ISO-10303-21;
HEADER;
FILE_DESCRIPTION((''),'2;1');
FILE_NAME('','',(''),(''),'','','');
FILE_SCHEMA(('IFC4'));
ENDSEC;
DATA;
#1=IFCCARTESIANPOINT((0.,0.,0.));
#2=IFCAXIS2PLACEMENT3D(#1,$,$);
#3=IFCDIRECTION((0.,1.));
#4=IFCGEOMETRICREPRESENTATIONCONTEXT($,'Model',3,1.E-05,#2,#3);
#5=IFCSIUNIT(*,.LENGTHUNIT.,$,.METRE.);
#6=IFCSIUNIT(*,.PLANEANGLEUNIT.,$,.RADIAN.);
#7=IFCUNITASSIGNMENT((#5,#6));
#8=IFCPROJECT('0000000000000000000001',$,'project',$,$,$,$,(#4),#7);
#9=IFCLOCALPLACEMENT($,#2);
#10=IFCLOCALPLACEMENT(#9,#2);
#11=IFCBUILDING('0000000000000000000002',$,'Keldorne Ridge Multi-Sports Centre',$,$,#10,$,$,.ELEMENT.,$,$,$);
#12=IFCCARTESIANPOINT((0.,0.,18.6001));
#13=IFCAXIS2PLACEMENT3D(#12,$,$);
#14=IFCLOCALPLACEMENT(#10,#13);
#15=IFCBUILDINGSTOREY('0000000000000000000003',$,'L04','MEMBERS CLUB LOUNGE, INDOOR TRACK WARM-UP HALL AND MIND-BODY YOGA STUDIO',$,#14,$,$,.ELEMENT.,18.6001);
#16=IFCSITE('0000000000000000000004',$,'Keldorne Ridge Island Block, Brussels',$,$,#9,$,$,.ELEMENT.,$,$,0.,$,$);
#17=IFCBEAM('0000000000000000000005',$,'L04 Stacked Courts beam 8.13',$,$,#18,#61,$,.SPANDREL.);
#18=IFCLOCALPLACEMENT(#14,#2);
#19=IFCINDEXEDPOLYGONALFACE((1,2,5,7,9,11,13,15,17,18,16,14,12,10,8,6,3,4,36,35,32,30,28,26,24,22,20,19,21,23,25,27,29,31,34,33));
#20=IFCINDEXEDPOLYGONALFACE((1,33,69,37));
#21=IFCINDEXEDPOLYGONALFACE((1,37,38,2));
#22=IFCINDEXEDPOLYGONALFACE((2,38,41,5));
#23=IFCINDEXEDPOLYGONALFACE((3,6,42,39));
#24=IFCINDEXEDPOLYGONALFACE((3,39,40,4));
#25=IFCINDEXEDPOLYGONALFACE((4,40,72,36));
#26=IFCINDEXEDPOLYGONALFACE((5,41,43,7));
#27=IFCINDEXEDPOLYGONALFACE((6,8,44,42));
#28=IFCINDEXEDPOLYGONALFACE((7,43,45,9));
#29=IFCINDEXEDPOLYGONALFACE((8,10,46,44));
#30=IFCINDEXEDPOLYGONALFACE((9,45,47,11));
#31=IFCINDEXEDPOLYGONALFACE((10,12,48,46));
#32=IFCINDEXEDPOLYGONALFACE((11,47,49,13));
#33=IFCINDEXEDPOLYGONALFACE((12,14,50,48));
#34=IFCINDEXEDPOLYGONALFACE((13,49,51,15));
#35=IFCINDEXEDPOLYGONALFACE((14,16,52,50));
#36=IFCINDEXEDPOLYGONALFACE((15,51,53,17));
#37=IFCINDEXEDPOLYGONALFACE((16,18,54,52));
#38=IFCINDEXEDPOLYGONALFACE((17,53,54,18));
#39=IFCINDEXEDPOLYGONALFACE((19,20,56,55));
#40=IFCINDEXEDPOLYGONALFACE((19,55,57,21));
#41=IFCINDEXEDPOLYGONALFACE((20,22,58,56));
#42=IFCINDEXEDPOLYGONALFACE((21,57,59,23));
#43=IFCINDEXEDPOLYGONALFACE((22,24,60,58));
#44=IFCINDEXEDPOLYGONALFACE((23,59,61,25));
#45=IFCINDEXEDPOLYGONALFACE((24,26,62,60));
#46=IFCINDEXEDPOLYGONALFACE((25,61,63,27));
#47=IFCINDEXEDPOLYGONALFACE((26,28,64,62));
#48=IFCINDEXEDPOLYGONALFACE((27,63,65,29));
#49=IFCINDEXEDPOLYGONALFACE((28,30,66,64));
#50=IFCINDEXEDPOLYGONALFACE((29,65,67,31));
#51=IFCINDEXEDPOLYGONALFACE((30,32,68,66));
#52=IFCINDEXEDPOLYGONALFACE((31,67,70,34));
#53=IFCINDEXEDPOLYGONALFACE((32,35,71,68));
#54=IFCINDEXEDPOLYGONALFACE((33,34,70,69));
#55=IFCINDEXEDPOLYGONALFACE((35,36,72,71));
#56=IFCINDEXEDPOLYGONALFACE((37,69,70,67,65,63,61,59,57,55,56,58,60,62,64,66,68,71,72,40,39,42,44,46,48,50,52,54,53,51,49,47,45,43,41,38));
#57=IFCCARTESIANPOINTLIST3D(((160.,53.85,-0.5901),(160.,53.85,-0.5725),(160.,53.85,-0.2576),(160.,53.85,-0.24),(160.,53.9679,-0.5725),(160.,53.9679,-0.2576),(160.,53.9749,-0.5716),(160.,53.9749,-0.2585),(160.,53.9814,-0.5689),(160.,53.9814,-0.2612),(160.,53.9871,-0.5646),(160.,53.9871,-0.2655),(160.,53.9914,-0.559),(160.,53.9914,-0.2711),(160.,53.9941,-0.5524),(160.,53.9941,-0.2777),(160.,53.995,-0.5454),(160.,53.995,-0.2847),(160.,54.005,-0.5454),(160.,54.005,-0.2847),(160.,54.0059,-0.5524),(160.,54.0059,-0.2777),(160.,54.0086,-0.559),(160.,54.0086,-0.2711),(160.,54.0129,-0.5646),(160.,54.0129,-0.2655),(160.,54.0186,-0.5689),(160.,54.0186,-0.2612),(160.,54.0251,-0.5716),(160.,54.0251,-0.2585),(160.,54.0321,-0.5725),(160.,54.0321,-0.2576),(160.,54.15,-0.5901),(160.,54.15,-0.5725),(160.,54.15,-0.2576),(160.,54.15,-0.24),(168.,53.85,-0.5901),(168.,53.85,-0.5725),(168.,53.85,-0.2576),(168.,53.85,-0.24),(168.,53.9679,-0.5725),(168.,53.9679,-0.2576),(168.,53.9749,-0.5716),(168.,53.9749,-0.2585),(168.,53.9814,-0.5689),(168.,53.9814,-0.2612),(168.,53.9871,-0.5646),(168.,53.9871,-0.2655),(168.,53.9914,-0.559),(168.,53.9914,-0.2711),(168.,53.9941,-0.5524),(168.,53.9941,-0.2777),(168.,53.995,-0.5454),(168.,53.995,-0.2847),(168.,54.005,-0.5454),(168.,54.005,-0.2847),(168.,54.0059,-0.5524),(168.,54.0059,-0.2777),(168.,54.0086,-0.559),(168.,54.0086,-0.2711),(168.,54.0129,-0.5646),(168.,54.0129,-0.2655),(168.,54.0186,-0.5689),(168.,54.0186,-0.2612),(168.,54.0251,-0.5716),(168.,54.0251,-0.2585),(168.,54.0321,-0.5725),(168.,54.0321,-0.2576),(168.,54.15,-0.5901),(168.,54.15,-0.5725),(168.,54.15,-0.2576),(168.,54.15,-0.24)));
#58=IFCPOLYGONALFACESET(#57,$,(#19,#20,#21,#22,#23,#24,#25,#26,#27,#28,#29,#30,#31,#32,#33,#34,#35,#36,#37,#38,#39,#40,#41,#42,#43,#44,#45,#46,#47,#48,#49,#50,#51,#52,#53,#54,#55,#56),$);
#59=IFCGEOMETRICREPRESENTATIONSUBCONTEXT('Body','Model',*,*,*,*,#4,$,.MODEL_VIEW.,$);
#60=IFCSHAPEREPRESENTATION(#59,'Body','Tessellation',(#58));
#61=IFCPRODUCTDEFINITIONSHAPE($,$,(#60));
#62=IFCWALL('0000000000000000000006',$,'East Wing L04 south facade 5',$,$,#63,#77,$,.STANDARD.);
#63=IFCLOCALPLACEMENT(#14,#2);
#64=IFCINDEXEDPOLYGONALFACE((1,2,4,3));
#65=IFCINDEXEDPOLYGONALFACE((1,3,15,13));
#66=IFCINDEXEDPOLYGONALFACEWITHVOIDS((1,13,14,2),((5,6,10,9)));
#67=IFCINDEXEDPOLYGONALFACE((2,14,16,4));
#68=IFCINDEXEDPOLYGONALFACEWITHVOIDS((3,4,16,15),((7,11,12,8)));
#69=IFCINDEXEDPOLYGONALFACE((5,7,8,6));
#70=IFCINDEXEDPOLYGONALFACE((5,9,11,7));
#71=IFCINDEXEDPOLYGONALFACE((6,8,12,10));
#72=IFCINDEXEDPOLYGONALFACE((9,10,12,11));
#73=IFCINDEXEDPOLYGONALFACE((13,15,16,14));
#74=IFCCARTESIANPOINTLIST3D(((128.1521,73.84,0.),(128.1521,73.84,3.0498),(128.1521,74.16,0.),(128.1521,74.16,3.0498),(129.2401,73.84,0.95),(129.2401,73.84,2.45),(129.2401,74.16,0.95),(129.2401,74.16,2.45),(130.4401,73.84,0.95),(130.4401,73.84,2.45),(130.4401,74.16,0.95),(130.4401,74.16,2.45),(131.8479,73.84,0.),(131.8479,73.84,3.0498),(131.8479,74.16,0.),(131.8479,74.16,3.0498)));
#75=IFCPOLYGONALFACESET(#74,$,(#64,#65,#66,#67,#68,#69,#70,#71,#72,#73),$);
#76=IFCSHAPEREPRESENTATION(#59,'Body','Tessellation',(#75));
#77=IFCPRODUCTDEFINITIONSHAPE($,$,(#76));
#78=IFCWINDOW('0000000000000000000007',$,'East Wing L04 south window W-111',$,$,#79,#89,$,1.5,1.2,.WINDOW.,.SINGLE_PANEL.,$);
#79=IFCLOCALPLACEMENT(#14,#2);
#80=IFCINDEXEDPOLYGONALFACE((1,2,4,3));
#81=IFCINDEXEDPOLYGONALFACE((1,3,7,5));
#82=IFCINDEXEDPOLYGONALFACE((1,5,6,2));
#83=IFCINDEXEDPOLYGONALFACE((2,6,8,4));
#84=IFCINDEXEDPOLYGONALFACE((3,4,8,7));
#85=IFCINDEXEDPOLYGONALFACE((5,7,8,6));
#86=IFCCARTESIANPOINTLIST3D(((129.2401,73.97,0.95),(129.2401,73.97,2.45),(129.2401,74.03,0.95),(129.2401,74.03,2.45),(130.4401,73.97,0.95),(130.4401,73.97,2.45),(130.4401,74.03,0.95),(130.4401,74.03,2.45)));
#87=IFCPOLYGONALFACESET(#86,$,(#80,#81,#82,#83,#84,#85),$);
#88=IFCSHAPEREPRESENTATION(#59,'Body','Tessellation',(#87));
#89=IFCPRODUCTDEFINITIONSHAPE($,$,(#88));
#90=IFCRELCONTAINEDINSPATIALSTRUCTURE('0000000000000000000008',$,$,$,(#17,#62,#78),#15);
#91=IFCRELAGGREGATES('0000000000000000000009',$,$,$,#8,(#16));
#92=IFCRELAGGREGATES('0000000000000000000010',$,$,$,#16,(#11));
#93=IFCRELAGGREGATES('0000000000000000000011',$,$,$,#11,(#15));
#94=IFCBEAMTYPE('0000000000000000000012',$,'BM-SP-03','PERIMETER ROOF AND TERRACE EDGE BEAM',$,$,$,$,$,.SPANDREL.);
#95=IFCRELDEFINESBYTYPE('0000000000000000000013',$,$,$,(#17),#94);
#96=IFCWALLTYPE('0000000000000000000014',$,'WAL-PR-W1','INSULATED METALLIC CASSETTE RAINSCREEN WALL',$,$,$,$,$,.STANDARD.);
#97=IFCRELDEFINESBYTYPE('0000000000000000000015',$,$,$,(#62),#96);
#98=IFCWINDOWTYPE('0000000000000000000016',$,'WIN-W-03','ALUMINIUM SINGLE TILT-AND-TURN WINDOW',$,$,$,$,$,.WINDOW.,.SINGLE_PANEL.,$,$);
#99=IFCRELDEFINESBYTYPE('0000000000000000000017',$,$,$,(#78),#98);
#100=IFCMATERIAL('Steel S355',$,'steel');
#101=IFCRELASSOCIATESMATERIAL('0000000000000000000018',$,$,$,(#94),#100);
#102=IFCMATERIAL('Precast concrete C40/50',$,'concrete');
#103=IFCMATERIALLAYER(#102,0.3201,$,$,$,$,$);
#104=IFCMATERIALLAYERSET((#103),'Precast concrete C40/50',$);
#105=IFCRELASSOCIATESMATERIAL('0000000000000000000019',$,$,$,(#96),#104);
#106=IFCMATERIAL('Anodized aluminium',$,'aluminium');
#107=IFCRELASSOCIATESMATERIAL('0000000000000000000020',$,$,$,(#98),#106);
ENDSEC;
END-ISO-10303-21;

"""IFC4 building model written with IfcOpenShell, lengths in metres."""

from ifc_helpers import new_model, si_unit, direction, frame, frame_2d, origin, origin_2d, place, context, subcontext, project, spatial, rectangle, i_section, extrude, material, layer, layer_set, material_profile, profile_set, type_object, element, fill, save


model = new_model("IFC4")

# Units and contexts
model_context = context("Model", 3, precision=1e-05, world=origin(), true_north=direction((0.0, 1.0)))
body_context = subcontext(model_context, "Body", "Model", "MODEL_VIEW")
ifc_project = project(units=[si_unit("LENGTHUNIT", "METRE"), si_unit("PLANEANGLEUNIT", "RADIAN")], contexts=[model_context])

# Site, building, storey
site_placement = place(None, origin())
site = spatial("IfcSite", under=ifc_project, at=site_placement, Name="Keldorne Ridge Island Block, Brussels", CompositionType="ELEMENT", RefElevation=0.0)
building_placement = place(site_placement, origin())
building = spatial("IfcBuilding", under=site, at=building_placement, Name="Keldorne Ridge Multi-Sports Centre", CompositionType="ELEMENT")
storey_placement = place(building_placement, frame((0.0, 0.0, 18.6001)))
storey = spatial("IfcBuildingStorey", under=building, at=storey_placement, Name="L04", Description="MEMBERS CLUB LOUNGE, INDOOR TRACK WARM-UP HALL AND MIND-BODY YOGA STUDIO", CompositionType="ELEMENT", Elevation=18.6001)

# Shared definitions
ifc_material_1 = material(Name="Steel S355", Category="steel")

# Beam
ifc_material_profile_1 = material_profile(ifc_material_1, i_section(OverallWidth=0.3, OverallDepth=0.3501, WebThickness=0.01, FlangeThickness=0.0176, FilletRadius=0.0271, at=origin_2d()), Name="HEA 360")
ifc_profile_set_1 = profile_set([ifc_material_profile_1], Name="Steel S355")
beam_type_1 = type_object("IfcBeamType", Name="BM-SP-03", Description="PERIMETER ROOF AND TERRACE EDGE BEAM", PredefinedType="SPANDREL", material=ifc_profile_set_1)
for number, where, z_axis, x_axis, name in (
    (1, (160.0, 54.0, -0.415), (1.0, 0.0, 0.0), (0.0, 1.0, 0.0), "L04 Stacked Courts beam 8.13"),
):
    element("IfcBeam", number, at=place(storey_placement, frame(where, z_axis=z_axis, x_axis=x_axis)), inside=storey, type_object=beam_type_1, Name=name, PredefinedType="SPANDREL", context=body_context, shape_type="SweptSolid", body=[
        extrude(i_section(OverallWidth=0.3, OverallDepth=0.3501, WebThickness=0.01, FlangeThickness=0.0176, FilletRadius=0.0271, at=origin_2d()), origin(), (0.0, 0.0, 1.0), 8.0),
    ])

# Wall, opening, window
ifc_material_2 = material(Name="Precast concrete C40/50", Category="concrete")
ifc_layer = layer(ifc_material_2, 0.3201)
ifc_layer_set = layer_set([ifc_layer], Name="Precast concrete C40/50")
wall_type = type_object("IfcWallType", Name="WAL-PR-W1", Description="INSULATED METALLIC CASSETTE RAINSCREEN WALL", PredefinedType="STANDARD", material=ifc_layer_set)
wall_placement = place(storey_placement, frame((128.1521, 74.0, 0.0), z_axis=(0.0, 0.0, 1.0), x_axis=(1.0, 0.0, 0.0)))
wall = element("IfcWall", 2, at=wall_placement, inside=storey, type_object=wall_type, Name="East Wing L04 south facade 5", PredefinedType="STANDARD", context=body_context, shape_type="SweptSolid", body=[
    extrude(rectangle(XDim=3.6958, YDim=0.3201, at=frame_2d((1.8479, 0.0))), origin(), (0.0, 0.0, 1.0), 3.0498),
])
opening_placement = place(wall_placement, frame((1.0879, 0.0, 0.95)))
opening = element("IfcOpeningElement", 3, at=opening_placement, cuts=wall, PredefinedType="OPENING", context=body_context, shape_type="SweptSolid", body=[
    extrude(rectangle(XDim=1.2, YDim=1.5, at=frame_2d((0.6001, 0.75))), frame((0.0, 0.1699, 0.0), z_axis=(0.0, -1.0, 0.0), x_axis=(1.0, 0.0, 0.0)), (0.0, 0.0, 1.0), 0.3401),
])
ifc_material_3 = material(Name="Anodized aluminium", Category="aluminium")
window_type = type_object("IfcWindowType", Name="WIN-W-03", Description="ALUMINIUM SINGLE TILT-AND-TURN WINDOW", PartitioningType="SINGLE_PANEL", PredefinedType="WINDOW", material=ifc_material_3)
window_placement = place(opening_placement, origin())
window = element("IfcWindow", 4, at=window_placement, inside=storey, type_object=window_type, Name="East Wing L04 south window W-111", OverallHeight=1.5, OverallWidth=1.2, PartitioningType="SINGLE_PANEL", PredefinedType="WINDOW", context=body_context, shape_type="SweptSolid", body=[
    extrude(rectangle(XDim=1.2, YDim=1.5, at=frame_2d((0.6001, 0.75))), frame((0.0, 0.03, 0.0), z_axis=(0.0, -1.0, 0.0), x_axis=(1.0, 0.0, 0.0)), (0.0, 0.0, 1.0), 0.0601),
])
fill(opening, window)

save(model, "model.ifc")
